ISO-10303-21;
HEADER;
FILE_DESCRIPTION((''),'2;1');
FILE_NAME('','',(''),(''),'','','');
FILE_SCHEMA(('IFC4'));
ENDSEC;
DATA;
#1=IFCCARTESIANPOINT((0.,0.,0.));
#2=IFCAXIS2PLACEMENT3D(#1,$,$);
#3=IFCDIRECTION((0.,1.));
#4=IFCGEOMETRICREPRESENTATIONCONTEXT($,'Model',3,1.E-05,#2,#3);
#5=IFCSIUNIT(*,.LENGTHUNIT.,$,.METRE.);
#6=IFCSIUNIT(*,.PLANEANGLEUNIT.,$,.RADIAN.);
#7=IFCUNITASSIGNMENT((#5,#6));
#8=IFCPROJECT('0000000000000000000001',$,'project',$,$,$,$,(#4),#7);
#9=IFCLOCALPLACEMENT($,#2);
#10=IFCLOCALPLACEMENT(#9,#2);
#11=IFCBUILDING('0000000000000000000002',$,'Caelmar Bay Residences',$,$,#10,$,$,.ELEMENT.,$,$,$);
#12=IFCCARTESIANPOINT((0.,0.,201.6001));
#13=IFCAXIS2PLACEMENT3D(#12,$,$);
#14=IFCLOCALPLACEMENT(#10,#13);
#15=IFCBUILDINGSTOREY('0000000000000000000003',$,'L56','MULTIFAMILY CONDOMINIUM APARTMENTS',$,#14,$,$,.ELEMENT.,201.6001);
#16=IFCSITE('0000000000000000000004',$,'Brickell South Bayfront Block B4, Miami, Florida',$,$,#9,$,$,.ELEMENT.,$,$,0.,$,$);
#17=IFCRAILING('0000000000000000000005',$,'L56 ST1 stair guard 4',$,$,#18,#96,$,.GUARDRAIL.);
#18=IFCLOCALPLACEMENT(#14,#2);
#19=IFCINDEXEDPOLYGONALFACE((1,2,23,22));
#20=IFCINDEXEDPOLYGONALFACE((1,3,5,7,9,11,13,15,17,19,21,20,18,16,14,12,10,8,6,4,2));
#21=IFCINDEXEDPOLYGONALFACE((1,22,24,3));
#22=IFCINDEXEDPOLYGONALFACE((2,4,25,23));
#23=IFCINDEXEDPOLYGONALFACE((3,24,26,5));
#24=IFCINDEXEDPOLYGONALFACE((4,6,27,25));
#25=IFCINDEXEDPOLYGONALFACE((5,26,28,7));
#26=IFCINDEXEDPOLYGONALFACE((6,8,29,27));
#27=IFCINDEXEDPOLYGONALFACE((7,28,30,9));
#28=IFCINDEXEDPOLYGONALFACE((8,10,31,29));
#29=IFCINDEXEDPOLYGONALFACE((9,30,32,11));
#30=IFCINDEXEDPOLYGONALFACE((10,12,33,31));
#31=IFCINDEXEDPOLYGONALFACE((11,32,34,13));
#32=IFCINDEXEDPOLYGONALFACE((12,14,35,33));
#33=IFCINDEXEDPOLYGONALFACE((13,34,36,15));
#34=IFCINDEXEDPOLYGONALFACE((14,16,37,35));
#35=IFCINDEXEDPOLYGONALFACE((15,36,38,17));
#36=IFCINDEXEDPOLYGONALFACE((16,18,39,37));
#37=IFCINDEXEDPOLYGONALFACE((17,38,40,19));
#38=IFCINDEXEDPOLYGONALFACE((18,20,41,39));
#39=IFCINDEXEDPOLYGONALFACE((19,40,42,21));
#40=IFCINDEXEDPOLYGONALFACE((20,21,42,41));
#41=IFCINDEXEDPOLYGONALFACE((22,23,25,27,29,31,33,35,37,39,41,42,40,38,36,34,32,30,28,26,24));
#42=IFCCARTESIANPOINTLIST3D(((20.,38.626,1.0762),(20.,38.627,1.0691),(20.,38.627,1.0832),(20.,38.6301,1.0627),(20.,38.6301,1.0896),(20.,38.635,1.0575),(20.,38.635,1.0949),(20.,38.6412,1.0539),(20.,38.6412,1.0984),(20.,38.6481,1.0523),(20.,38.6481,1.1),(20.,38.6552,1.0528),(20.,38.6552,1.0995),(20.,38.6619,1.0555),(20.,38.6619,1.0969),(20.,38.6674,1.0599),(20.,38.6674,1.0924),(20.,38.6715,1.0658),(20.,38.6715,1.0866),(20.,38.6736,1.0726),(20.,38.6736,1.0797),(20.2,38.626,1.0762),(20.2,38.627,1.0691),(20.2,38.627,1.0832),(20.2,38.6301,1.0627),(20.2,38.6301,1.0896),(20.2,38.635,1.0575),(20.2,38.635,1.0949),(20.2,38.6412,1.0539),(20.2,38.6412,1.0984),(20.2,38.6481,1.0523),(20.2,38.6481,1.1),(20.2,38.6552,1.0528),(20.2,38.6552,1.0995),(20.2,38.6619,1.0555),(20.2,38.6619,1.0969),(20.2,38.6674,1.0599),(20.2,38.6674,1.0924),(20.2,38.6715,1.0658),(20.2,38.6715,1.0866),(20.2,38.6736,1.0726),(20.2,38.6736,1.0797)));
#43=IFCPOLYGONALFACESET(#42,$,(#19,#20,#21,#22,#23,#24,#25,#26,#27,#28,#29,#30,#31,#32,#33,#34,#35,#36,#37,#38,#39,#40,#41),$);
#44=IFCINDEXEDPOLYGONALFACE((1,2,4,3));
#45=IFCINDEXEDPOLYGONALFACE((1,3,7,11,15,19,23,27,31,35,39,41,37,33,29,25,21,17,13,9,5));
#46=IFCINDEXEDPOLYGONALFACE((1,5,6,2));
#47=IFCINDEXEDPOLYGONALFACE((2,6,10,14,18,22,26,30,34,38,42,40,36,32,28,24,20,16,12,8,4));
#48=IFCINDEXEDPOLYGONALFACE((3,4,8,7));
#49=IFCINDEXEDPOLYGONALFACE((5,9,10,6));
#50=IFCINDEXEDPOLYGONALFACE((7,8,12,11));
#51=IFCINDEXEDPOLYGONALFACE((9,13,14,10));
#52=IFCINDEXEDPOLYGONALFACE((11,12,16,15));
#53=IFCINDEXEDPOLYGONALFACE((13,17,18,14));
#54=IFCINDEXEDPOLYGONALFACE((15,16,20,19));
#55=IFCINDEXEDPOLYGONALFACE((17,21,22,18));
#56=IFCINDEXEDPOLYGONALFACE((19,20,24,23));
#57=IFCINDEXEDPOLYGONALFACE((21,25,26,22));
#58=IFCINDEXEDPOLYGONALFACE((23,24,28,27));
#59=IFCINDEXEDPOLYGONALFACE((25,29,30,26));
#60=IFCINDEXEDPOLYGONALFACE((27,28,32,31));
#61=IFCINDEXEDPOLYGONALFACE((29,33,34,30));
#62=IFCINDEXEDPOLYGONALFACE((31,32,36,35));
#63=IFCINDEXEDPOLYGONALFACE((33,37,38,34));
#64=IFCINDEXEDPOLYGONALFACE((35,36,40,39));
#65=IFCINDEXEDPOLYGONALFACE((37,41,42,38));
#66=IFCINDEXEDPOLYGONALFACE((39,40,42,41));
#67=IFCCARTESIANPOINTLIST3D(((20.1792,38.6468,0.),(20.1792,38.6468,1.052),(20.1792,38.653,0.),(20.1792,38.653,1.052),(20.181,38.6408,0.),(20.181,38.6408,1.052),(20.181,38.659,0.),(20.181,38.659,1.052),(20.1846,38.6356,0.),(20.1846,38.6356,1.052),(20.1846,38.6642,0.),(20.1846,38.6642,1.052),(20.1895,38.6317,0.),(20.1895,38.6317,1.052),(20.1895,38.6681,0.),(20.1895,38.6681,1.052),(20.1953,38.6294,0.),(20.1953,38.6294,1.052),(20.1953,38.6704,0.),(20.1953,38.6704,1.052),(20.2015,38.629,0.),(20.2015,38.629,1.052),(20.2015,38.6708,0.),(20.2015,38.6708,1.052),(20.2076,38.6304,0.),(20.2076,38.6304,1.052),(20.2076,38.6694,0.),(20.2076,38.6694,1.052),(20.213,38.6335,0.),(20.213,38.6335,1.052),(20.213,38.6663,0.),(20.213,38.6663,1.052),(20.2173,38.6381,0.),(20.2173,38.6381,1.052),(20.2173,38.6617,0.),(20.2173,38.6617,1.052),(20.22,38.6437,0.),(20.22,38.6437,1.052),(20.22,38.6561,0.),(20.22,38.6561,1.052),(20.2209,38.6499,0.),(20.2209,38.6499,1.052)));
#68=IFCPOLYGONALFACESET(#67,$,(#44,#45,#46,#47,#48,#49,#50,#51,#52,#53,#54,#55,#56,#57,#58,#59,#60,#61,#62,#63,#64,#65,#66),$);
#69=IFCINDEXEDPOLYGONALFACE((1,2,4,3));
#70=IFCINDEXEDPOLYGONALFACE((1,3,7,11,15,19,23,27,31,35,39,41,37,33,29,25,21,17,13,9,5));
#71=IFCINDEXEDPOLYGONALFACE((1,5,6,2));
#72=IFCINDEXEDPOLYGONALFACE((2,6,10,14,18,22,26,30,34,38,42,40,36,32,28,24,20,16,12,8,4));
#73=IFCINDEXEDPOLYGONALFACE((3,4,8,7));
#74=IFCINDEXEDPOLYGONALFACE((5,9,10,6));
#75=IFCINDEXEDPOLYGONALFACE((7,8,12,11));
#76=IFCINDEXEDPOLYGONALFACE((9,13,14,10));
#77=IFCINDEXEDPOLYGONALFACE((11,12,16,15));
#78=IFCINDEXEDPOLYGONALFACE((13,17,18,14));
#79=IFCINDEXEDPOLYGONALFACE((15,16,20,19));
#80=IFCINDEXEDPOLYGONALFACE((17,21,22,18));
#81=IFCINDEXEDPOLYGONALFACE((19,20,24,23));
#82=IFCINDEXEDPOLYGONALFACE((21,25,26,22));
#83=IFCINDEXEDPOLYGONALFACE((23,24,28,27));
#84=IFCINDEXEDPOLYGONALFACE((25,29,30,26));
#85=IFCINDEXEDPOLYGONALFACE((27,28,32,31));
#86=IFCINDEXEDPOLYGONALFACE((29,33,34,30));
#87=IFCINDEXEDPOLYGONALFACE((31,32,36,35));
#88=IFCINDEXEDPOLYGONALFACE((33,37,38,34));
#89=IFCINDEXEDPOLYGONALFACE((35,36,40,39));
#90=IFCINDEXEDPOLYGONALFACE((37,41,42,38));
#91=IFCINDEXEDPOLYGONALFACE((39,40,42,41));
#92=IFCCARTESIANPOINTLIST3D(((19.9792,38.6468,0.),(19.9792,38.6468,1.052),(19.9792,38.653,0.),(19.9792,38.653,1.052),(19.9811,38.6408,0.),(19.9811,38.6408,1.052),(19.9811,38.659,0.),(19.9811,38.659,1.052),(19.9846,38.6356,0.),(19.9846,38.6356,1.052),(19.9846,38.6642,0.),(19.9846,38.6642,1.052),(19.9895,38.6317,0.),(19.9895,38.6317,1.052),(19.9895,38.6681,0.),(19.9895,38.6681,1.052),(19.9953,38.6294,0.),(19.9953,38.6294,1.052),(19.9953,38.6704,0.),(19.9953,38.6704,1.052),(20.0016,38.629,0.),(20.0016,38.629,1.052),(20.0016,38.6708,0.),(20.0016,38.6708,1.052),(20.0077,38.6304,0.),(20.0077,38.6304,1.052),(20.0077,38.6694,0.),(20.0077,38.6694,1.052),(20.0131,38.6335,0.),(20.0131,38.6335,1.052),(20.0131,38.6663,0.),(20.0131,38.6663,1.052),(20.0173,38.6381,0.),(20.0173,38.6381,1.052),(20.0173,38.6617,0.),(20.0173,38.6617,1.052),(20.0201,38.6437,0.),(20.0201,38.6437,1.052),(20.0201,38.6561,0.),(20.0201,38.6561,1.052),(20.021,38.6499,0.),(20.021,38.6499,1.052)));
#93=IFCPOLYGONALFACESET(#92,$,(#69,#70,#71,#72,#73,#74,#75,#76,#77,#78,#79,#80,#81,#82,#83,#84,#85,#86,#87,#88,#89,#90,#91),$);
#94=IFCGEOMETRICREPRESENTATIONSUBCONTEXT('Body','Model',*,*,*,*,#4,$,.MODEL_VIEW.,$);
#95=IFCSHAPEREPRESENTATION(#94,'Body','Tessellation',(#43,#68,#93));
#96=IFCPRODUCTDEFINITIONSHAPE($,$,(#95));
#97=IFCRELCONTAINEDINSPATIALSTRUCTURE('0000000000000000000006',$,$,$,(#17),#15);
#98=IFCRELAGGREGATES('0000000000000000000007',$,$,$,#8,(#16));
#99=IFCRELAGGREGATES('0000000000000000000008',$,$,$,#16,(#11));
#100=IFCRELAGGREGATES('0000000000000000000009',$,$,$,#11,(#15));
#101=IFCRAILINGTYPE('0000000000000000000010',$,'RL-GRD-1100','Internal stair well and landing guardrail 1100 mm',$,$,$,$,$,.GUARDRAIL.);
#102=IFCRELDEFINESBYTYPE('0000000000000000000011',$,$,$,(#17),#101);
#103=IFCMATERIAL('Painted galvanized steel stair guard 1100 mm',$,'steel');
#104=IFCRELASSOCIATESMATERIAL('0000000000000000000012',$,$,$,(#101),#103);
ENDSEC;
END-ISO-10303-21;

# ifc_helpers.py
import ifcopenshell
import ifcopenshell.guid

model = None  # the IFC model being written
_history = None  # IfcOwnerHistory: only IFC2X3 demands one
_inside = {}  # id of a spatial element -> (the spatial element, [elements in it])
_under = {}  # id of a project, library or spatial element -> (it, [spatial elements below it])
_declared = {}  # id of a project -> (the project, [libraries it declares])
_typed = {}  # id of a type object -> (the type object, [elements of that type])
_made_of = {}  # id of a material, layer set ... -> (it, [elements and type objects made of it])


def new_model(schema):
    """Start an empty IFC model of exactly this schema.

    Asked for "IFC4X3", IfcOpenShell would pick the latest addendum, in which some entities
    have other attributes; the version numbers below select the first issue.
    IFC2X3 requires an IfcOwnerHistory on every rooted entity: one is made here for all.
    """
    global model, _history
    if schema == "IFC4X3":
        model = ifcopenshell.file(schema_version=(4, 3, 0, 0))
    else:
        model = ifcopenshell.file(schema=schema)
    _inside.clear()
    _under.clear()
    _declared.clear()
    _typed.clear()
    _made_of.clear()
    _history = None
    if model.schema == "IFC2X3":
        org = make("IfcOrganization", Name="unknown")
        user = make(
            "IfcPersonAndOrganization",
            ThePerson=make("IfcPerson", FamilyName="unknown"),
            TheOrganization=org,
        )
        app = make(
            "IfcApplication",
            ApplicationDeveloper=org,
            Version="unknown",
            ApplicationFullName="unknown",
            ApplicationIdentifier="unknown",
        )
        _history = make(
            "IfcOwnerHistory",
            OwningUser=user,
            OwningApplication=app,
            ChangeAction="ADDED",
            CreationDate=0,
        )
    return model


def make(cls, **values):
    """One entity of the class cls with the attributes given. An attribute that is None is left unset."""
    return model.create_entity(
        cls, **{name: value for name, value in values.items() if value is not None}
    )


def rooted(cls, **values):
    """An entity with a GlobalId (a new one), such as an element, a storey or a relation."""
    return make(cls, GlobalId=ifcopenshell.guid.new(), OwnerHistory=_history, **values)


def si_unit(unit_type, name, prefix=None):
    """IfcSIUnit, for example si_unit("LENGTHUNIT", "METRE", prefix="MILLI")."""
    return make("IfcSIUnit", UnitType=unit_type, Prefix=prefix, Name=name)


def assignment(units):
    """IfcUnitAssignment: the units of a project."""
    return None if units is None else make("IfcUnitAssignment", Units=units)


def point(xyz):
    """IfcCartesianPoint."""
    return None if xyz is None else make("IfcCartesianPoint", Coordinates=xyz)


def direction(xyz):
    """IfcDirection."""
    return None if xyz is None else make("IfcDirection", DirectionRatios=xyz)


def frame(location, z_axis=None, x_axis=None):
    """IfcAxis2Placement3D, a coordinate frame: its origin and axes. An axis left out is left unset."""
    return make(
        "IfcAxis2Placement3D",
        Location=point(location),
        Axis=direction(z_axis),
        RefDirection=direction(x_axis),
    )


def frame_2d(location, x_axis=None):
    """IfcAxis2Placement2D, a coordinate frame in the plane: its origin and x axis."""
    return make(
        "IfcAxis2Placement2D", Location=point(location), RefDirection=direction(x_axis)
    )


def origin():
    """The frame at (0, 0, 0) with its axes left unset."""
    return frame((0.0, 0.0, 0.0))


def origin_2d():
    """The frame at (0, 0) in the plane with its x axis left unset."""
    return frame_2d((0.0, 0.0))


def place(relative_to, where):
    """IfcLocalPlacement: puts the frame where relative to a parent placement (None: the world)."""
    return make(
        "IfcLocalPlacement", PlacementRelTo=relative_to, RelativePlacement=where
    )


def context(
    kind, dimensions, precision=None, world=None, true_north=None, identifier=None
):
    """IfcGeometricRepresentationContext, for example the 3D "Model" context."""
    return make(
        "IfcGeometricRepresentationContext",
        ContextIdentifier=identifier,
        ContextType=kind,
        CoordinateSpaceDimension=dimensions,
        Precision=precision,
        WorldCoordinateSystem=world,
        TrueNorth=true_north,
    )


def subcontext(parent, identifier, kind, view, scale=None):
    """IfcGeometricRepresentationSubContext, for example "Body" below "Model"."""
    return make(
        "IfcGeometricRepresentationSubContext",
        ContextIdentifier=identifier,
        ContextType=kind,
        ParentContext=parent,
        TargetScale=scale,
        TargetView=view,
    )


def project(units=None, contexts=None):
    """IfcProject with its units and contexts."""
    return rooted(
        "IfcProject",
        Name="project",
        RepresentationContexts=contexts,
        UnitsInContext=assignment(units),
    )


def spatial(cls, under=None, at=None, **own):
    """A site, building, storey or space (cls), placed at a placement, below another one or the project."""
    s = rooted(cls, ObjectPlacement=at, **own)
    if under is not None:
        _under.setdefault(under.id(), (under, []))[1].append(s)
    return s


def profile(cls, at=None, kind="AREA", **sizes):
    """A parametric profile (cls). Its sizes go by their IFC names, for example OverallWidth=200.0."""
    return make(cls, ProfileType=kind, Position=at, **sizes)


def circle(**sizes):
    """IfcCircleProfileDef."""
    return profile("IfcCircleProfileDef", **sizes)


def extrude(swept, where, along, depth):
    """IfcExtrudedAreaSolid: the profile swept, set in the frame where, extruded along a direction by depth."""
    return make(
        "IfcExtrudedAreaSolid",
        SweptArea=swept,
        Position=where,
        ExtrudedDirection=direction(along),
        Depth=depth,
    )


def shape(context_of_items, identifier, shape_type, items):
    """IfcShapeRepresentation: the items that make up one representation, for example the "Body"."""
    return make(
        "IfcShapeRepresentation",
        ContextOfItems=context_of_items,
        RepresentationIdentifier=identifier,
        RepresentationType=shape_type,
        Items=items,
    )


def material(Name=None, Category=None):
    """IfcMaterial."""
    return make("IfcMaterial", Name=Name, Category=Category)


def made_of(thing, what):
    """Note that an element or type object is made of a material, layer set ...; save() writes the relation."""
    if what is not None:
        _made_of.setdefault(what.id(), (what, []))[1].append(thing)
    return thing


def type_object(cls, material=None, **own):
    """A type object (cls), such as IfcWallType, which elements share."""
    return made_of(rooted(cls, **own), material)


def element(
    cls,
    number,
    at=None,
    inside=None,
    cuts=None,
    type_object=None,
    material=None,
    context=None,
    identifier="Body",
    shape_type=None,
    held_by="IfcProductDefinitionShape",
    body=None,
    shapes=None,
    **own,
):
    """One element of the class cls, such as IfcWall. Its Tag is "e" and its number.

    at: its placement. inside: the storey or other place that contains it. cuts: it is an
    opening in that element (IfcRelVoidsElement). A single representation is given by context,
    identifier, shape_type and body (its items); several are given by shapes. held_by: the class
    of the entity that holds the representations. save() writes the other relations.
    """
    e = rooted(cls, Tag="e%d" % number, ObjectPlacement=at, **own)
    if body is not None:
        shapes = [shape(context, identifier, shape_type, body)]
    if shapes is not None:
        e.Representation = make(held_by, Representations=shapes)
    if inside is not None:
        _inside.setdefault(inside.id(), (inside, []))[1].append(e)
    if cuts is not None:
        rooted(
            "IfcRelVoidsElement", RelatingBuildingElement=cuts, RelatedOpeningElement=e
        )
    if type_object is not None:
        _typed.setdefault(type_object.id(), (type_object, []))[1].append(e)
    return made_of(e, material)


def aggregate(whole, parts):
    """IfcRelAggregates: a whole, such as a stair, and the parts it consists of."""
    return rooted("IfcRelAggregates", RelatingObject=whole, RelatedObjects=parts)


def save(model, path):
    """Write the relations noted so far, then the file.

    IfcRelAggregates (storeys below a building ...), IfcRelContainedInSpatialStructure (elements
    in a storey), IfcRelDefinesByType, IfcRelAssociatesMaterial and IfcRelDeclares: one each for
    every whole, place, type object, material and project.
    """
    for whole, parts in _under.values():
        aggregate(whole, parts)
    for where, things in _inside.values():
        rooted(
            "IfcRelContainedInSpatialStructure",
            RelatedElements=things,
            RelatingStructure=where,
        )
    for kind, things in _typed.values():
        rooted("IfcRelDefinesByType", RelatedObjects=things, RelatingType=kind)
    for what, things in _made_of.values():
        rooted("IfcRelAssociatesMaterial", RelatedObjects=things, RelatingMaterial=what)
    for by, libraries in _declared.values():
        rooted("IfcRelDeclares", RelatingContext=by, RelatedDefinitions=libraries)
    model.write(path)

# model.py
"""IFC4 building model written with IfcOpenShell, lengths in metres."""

from ifc_helpers import new_model, si_unit, direction, frame, origin, origin_2d, place, context, subcontext, project, spatial, circle, extrude, material, type_object, element, save


model = new_model("IFC4")

# Units and contexts
model_context = context("Model", 3, precision=1e-05, world=origin(), true_north=direction((0.0, 1.0)))
body_context = subcontext(model_context, "Body", "Model", "MODEL_VIEW")
ifc_project = project(units=[si_unit("LENGTHUNIT", "METRE"), si_unit("PLANEANGLEUNIT", "RADIAN")], contexts=[model_context])

# Site, building, storey
site_placement = place(None, origin())
site = spatial("IfcSite", under=ifc_project, at=site_placement, Name="Brickell South Bayfront Block B4, Miami, Florida", CompositionType="ELEMENT", RefElevation=0.0)
building_placement = place(site_placement, origin())
building = spatial("IfcBuilding", under=site, at=building_placement, Name="Caelmar Bay Residences", CompositionType="ELEMENT")
storey_placement = place(building_placement, frame((0.0, 0.0, 201.6001)))
storey = spatial("IfcBuildingStorey", under=building, at=storey_placement, Name="L56", Description="MULTIFAMILY CONDOMINIUM APARTMENTS", CompositionType="ELEMENT", Elevation=201.6001)

# Railing
ifc_material_1 = material(Name="Painted galvanized steel stair guard 1100 mm", Category="steel")
railing_type_1 = type_object("IfcRailingType", Name="RL-GRD-1100", Description="Internal stair well and landing guardrail 1100 mm", PredefinedType="GUARDRAIL", material=ifc_material_1)
railing_1_placement = place(storey_placement, frame((20.2, 38.6499, 0.0)))
element("IfcRailing", 1, at=railing_1_placement, inside=storey, type_object=railing_type_1, Name="L56 ST1 stair guard 4", PredefinedType="GUARDRAIL", context=body_context, shape_type="SweptSolid", body=[
    extrude(circle(Radius=0.0239, at=origin_2d()), frame((0.0, 0.0, 1.0762), z_axis=(-1.0, 0.0, 0.0), x_axis=(0.0, -1.0, 0.0)), (0.0, 0.0, 1.0), 0.2),
    extrude(circle(Radius=0.021, at=origin_2d()), origin(), (0.0, 0.0, 1.0), 1.052),
    extrude(circle(Radius=0.021, at=origin_2d()), frame((-0.2, 0.0, 0.0)), (0.0, 0.0, 1.0), 1.052),
])

save(model, "model.ifc")
